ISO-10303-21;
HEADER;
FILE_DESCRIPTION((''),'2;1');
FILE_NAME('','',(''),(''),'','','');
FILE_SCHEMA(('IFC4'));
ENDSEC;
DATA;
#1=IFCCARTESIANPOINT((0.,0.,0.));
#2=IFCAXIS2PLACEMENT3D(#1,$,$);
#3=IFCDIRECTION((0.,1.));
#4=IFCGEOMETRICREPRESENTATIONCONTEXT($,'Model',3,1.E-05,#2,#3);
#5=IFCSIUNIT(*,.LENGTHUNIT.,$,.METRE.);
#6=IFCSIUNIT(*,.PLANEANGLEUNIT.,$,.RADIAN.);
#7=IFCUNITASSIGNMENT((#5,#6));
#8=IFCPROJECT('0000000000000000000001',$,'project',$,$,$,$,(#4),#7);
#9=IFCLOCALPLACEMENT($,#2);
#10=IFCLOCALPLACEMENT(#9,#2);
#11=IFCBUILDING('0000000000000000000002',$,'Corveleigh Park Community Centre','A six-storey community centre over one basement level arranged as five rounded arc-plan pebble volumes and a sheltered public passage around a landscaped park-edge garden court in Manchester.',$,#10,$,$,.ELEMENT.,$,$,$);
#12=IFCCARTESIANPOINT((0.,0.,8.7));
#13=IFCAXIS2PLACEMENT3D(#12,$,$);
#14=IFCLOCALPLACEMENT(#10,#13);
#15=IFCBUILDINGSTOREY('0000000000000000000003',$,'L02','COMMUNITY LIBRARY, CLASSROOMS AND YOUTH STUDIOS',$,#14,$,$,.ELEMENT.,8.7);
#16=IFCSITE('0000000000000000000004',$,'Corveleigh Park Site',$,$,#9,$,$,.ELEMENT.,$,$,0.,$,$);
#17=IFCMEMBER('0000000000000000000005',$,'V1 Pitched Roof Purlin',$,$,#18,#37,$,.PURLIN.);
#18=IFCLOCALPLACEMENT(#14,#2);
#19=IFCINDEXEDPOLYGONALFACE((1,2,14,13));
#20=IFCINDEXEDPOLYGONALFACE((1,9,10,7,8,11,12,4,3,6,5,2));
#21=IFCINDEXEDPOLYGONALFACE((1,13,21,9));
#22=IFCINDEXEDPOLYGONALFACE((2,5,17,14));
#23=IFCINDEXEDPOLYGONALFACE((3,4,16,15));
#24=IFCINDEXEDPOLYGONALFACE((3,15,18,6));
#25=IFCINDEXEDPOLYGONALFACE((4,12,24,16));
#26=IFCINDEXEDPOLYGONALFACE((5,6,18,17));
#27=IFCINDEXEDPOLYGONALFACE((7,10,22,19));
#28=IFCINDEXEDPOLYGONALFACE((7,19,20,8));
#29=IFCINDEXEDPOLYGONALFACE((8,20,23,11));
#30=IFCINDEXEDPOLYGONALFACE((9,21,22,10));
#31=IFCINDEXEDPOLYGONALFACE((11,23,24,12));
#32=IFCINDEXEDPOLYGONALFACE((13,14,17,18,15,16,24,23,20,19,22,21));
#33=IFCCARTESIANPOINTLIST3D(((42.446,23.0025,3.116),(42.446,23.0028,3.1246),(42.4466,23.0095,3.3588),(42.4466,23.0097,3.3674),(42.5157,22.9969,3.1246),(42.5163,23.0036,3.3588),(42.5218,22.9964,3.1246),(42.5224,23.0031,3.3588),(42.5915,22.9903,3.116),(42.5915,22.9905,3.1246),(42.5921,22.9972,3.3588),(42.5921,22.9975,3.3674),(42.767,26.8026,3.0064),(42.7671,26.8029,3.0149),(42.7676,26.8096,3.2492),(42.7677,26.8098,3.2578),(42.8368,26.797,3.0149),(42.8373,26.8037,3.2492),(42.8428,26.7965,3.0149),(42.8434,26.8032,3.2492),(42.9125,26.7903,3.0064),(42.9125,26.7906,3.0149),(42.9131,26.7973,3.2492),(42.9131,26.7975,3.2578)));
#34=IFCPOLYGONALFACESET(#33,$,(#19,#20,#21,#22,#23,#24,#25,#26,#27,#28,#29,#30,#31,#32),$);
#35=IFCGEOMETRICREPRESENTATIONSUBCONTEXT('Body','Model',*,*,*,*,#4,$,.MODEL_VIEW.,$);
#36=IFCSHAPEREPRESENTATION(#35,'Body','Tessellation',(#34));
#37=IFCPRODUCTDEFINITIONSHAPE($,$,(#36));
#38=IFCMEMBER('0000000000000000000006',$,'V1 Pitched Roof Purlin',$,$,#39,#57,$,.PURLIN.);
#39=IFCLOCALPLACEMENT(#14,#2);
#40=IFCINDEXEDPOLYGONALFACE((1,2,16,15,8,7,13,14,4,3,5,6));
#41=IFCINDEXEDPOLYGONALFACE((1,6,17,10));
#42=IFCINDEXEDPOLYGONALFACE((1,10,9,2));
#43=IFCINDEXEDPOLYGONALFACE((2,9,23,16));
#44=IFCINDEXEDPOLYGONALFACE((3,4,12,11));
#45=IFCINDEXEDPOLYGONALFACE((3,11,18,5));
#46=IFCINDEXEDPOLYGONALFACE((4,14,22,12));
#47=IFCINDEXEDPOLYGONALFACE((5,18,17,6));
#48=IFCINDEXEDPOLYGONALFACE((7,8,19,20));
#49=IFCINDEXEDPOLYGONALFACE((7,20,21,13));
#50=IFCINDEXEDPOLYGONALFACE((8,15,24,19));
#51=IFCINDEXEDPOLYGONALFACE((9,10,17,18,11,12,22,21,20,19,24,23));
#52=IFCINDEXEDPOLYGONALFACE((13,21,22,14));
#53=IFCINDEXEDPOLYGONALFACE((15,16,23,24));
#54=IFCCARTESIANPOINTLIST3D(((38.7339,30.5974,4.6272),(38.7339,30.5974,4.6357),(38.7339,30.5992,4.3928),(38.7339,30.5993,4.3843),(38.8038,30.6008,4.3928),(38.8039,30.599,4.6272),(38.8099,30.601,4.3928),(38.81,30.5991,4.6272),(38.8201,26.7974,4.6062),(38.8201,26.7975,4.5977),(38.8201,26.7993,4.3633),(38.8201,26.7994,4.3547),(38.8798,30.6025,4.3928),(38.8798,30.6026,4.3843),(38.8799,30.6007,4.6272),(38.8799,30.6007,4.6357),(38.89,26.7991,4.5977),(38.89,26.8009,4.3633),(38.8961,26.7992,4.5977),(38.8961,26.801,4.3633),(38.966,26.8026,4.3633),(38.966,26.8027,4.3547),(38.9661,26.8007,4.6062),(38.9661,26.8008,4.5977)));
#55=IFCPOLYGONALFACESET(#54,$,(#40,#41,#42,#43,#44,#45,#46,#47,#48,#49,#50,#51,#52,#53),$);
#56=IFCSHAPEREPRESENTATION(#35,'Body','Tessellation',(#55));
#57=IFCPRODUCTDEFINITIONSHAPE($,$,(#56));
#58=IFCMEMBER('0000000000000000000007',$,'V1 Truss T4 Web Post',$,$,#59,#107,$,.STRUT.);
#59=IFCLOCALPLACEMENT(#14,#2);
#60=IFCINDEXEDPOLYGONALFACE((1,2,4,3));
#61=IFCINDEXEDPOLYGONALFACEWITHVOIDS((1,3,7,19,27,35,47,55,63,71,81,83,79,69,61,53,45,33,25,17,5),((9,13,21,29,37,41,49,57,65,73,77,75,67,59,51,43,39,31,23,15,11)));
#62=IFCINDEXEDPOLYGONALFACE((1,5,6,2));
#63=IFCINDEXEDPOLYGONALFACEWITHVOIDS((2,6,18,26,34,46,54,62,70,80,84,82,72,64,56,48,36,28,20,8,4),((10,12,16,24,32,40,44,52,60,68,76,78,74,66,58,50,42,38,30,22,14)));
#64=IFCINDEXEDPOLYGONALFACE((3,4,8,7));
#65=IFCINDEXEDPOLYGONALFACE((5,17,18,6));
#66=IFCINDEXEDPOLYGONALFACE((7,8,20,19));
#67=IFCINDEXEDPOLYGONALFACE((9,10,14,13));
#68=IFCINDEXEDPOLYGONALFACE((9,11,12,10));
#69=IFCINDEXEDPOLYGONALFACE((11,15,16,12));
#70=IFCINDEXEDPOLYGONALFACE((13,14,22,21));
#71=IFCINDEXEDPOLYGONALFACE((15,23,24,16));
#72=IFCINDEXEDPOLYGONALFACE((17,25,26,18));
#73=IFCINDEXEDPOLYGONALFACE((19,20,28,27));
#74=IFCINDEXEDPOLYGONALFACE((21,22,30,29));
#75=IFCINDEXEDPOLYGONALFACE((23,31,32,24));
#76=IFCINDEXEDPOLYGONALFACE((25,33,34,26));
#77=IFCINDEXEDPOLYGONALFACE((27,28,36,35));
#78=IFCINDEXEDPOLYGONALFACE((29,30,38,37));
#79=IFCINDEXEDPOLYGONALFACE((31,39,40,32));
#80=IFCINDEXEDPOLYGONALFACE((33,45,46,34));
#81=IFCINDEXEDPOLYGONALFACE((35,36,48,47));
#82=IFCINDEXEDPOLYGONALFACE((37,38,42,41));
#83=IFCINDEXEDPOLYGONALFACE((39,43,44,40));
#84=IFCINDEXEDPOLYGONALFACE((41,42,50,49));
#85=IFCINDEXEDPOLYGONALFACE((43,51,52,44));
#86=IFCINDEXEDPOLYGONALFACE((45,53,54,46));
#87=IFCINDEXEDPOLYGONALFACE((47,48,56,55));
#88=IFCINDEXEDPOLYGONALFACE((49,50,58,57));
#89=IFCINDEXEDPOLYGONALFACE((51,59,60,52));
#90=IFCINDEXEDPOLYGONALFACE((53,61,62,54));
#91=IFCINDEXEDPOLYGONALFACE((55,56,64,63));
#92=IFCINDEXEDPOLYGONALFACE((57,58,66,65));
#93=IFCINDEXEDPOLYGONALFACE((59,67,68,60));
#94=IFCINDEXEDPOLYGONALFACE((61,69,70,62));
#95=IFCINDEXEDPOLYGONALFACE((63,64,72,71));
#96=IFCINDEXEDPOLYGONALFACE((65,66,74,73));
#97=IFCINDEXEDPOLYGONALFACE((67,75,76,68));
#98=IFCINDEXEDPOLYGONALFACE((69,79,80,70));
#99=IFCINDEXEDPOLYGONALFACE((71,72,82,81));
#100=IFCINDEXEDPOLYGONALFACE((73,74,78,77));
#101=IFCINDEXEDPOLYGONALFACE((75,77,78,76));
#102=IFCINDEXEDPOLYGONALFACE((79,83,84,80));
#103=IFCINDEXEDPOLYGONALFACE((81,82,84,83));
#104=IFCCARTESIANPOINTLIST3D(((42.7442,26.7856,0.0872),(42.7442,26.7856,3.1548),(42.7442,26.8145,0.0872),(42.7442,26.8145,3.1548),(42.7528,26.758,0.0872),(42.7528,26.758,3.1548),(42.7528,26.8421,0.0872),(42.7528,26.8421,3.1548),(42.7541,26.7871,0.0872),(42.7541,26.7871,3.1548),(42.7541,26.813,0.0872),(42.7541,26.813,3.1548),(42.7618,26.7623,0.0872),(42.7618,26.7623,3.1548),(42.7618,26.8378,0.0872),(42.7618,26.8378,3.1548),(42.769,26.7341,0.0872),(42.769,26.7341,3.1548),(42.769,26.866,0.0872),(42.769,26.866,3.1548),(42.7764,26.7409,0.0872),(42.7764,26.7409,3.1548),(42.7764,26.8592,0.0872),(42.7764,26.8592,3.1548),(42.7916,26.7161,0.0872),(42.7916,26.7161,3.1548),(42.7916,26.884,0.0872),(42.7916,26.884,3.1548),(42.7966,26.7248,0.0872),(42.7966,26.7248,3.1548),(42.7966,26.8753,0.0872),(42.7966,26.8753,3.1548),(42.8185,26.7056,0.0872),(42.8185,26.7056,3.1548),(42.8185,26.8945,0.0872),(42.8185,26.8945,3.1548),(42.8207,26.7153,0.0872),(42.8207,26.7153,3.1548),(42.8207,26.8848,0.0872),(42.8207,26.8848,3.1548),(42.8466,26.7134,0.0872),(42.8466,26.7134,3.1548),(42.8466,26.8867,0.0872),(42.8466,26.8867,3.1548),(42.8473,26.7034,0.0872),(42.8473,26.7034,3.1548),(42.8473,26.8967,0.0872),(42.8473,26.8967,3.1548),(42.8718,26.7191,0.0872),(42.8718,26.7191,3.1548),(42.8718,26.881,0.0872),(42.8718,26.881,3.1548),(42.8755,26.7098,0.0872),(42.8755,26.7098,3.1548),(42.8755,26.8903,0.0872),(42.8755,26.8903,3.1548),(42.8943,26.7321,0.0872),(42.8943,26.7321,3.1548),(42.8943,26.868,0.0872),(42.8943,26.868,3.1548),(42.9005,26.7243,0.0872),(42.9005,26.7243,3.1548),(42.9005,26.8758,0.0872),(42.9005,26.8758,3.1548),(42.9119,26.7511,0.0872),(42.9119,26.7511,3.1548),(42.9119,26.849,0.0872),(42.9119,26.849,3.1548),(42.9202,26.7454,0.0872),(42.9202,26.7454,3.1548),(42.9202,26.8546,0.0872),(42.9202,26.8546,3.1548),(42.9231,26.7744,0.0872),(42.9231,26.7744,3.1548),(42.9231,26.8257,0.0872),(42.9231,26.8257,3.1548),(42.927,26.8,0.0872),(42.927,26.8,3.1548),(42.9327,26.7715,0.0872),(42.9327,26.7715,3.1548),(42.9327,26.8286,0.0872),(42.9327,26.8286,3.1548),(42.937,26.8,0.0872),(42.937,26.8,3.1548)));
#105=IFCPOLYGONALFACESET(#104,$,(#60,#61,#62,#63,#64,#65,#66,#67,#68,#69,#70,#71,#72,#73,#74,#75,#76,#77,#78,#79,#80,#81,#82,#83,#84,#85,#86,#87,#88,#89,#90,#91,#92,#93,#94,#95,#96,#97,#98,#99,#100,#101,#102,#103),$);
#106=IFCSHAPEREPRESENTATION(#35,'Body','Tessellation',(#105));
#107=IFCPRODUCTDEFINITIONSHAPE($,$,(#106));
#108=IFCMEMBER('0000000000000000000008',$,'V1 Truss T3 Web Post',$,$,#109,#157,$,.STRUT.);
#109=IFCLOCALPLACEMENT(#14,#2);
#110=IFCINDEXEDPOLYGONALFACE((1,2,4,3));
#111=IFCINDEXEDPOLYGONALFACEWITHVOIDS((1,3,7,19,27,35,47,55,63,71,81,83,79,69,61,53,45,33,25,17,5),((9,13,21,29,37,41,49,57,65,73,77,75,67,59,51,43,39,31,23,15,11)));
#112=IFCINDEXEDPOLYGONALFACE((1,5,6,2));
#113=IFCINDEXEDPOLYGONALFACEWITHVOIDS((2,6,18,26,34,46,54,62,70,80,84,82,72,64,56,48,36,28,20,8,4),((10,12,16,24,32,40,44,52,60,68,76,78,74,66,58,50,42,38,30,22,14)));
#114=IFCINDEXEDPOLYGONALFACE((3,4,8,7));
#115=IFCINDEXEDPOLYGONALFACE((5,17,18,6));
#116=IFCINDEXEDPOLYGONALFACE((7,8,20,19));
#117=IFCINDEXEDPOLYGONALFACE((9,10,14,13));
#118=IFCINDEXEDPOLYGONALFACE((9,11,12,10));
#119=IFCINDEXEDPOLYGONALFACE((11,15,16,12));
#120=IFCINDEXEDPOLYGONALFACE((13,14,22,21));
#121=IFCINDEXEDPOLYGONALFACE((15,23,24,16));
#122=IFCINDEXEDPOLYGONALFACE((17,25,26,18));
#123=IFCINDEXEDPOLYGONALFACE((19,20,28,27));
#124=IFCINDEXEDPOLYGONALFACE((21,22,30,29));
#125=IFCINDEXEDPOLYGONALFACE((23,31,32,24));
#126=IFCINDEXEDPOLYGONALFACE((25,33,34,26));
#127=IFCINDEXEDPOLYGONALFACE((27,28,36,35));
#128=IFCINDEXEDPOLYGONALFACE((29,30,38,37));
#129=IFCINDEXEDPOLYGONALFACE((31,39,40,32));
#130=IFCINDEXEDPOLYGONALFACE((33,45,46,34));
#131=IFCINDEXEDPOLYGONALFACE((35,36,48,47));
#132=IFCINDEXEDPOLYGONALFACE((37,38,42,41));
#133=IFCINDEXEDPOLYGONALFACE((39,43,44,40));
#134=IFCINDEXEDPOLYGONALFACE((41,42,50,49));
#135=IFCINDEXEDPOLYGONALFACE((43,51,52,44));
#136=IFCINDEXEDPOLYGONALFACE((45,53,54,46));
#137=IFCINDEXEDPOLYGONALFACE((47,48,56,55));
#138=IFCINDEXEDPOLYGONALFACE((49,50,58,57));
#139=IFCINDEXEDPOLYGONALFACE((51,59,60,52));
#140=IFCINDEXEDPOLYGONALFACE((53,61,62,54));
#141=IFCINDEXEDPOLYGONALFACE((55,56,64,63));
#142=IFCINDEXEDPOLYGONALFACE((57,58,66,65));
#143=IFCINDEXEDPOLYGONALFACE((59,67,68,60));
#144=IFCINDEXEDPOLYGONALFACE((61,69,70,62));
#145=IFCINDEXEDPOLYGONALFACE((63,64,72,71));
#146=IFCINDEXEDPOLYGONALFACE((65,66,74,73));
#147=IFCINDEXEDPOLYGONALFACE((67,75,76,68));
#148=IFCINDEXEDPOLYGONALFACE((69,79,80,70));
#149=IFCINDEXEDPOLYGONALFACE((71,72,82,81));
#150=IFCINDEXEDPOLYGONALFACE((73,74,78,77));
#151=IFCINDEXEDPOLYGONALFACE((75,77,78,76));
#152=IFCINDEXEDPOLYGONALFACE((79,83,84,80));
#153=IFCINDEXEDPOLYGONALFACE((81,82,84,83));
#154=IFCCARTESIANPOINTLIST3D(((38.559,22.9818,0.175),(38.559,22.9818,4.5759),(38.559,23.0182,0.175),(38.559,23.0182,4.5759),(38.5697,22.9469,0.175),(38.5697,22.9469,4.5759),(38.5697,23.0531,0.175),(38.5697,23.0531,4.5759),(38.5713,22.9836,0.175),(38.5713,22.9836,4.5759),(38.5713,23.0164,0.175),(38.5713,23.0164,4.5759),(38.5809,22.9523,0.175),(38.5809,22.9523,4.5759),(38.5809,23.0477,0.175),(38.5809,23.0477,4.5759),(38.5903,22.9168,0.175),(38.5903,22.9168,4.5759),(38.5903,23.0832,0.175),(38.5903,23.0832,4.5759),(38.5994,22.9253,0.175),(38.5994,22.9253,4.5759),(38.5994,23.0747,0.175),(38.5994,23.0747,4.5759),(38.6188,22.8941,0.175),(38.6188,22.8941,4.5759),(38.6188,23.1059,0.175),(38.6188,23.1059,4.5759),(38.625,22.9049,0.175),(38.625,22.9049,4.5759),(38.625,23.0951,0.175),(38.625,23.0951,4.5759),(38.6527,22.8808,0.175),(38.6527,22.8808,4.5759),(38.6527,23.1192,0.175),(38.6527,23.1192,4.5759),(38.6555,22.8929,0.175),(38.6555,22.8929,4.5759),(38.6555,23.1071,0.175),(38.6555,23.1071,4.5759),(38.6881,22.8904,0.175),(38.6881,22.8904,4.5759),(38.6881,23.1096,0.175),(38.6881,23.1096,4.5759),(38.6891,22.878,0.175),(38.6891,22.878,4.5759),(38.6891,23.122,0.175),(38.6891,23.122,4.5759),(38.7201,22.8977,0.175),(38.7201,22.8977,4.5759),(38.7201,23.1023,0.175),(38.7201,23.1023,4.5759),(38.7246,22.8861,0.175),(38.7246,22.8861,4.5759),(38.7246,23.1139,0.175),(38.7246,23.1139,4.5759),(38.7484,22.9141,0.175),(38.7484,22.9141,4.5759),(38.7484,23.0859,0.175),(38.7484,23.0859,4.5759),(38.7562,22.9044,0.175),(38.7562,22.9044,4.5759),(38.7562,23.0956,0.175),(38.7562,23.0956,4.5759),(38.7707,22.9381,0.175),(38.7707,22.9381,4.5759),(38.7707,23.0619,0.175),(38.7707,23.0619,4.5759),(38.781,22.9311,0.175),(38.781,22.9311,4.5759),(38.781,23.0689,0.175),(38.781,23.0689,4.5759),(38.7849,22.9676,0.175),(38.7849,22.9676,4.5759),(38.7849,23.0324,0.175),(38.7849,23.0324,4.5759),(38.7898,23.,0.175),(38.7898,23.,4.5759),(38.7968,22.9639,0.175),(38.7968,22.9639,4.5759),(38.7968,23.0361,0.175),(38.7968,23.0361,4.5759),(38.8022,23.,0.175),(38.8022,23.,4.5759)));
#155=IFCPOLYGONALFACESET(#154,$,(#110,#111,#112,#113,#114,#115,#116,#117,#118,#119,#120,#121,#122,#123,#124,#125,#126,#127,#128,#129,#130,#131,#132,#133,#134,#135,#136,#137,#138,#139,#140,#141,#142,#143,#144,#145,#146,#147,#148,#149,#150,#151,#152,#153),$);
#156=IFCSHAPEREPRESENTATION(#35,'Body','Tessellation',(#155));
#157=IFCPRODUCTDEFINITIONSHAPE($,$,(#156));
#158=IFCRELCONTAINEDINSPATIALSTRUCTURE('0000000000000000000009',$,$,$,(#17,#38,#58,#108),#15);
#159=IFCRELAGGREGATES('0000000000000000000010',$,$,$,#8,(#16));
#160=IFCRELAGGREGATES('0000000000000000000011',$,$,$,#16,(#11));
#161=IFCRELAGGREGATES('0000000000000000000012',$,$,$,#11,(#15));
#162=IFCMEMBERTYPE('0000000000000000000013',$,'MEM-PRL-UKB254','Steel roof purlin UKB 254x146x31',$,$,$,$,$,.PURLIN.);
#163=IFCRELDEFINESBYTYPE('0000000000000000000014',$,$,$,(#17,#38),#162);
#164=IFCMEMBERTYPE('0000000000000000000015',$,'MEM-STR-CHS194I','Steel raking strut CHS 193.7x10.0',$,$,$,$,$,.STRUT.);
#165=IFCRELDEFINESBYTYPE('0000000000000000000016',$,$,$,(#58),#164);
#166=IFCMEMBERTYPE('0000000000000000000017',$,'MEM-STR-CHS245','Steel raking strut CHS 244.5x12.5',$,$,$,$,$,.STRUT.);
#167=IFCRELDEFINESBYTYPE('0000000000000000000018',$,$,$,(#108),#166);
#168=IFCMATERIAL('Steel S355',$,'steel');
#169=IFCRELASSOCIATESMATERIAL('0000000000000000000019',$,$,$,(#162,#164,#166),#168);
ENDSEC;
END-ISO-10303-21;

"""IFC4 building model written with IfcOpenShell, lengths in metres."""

from ifc_helpers import new_model, si_unit, direction, frame, origin, origin_2d, place, context, subcontext, project, spatial, hollow_circle, i_section, extrude, material, material_profile, profile_set, type_object, element, save


model = new_model("IFC4")

# Units and contexts
model_context = context("Model", 3, precision=1e-05, world=origin(), true_north=direction((0.0, 1.0)))
body_context = subcontext(model_context, "Body", "Model", "MODEL_VIEW")
ifc_project = project(units=[si_unit("LENGTHUNIT", "METRE"), si_unit("PLANEANGLEUNIT", "RADIAN")], contexts=[model_context])

# Site, building, storey
site_placement = place(None, origin())
site = spatial("IfcSite", under=ifc_project, at=site_placement, Name="Corveleigh Park Site", CompositionType="ELEMENT", RefElevation=0.0)
building_placement = place(site_placement, origin())
building = spatial("IfcBuilding", under=site, at=building_placement, Name="Corveleigh Park Community Centre", Description="A six-storey community centre over one basement level arranged as five rounded arc-plan pebble volumes and a sheltered public passage around a landscaped park-edge garden court in Manchester.", CompositionType="ELEMENT")
storey_placement = place(building_placement, frame((0.0, 0.0, 8.7)))
storey = spatial("IfcBuildingStorey", under=building, at=storey_placement, Name="L02", Description="COMMUNITY LIBRARY, CLASSROOMS AND YOUTH STUDIOS", CompositionType="ELEMENT", Elevation=8.7)

# Members
ifc_material_1 = material(Name="Steel S355", Category="steel")
ifc_material_profile_1 = material_profile(ifc_material_1, i_section(OverallWidth=0.146, OverallDepth=0.2515, WebThickness=0.0061, FlangeThickness=0.0085, at=origin_2d()), Name="UKB 254x146x31", Category="steel")
ifc_profile_set_1 = profile_set([ifc_material_profile_1], Name="Steel S355")
member_type_1 = type_object("IfcMemberType", Name="MEM-PRL-UKB254", Description="Steel roof purlin UKB 254x146x31", PredefinedType="PURLIN", material=ifc_profile_set_1)
member_1_placement = place(storey_placement, frame((42.519, 23.0, 3.2417), z_axis=(0.08415, 0.996039, -0.028733), x_axis=(-0.99645, 0.084185, 0.0)))
element("IfcMember", 1, at=member_1_placement, inside=storey, type_object=member_type_1, Name="V1 Pitched Roof Purlin", PredefinedType="PURLIN", context=body_context, shape_type="SweptSolid", body=[
    extrude(i_section(OverallWidth=0.146, OverallDepth=0.2515, WebThickness=0.0061, FlangeThickness=0.0085, at=origin_2d()), origin(), (0.0, 0.0, 1.0), 3.8152),
])
member_2_placement = place(storey_placement, frame((38.8931, 26.8, 4.4805), z_axis=(-0.022673, 0.999713, 0.007772), x_axis=(-0.999743, -0.022673, 0.0)))
element("IfcMember", 2, at=member_2_placement, inside=storey, type_object=member_type_1, Name="V1 Pitched Roof Purlin", PredefinedType="PURLIN", context=body_context, shape_type="SweptSolid", body=[
    extrude(i_section(OverallWidth=0.146, OverallDepth=0.2515, WebThickness=0.0061, FlangeThickness=0.0085, at=origin_2d()), origin(), (0.0, 0.0, 1.0), 3.801),
])
ifc_material_profile_2 = material_profile(ifc_material_1, hollow_circle(Radius=0.0969, WallThickness=0.01, at=origin_2d()), Name="CHS 193.7x10.0", Category="steel")
ifc_profile_set_2 = profile_set([ifc_material_profile_2], Name="Steel S355")
member_type_2 = type_object("IfcMemberType", Name="MEM-STR-CHS194I", Description="Steel raking strut CHS 193.7x10.0", PredefinedType="STRUT", material=ifc_profile_set_2)
member_3_placement = place(storey_placement, frame((42.8401, 26.8, 0.0872), z_axis=(0.0, 0.0, 1.0), x_axis=(1.0, 0.0, 0.0)))
element("IfcMember", 3, at=member_3_placement, inside=storey, type_object=member_type_2, Name="V1 Truss T4 Web Post", PredefinedType="STRUT", context=body_context, shape_type="SweptSolid", body=[
    extrude(hollow_circle(Radius=0.0969, WallThickness=0.01, at=origin_2d()), origin(), (0.0, 0.0, 1.0), 3.0676),
])
ifc_material_profile_3 = material_profile(ifc_material_1, hollow_circle(Radius=0.1223, WallThickness=0.0125, at=origin_2d()), Name="CHS 244.5x12.5", Category="steel")
ifc_profile_set_3 = profile_set([ifc_material_profile_3], Name="Steel S355")
member_type_3 = type_object("IfcMemberType", Name="MEM-STR-CHS245", Description="Steel raking strut CHS 244.5x12.5", PredefinedType="STRUT", material=ifc_profile_set_3)
member_4_placement = place(storey_placement, frame((38.6799, 23.0, 0.175), z_axis=(0.0, 0.0, 1.0), x_axis=(1.0, 0.0, 0.0)))
element("IfcMember", 4, at=member_4_placement, inside=storey, type_object=member_type_3, Name="V1 Truss T3 Web Post", PredefinedType="STRUT", context=body_context, shape_type="SweptSolid", body=[
    extrude(hollow_circle(Radius=0.1223, WallThickness=0.0125, at=origin_2d()), origin(), (0.0, 0.0, 1.0), 4.4009),
])

save(model, "model.ifc")
